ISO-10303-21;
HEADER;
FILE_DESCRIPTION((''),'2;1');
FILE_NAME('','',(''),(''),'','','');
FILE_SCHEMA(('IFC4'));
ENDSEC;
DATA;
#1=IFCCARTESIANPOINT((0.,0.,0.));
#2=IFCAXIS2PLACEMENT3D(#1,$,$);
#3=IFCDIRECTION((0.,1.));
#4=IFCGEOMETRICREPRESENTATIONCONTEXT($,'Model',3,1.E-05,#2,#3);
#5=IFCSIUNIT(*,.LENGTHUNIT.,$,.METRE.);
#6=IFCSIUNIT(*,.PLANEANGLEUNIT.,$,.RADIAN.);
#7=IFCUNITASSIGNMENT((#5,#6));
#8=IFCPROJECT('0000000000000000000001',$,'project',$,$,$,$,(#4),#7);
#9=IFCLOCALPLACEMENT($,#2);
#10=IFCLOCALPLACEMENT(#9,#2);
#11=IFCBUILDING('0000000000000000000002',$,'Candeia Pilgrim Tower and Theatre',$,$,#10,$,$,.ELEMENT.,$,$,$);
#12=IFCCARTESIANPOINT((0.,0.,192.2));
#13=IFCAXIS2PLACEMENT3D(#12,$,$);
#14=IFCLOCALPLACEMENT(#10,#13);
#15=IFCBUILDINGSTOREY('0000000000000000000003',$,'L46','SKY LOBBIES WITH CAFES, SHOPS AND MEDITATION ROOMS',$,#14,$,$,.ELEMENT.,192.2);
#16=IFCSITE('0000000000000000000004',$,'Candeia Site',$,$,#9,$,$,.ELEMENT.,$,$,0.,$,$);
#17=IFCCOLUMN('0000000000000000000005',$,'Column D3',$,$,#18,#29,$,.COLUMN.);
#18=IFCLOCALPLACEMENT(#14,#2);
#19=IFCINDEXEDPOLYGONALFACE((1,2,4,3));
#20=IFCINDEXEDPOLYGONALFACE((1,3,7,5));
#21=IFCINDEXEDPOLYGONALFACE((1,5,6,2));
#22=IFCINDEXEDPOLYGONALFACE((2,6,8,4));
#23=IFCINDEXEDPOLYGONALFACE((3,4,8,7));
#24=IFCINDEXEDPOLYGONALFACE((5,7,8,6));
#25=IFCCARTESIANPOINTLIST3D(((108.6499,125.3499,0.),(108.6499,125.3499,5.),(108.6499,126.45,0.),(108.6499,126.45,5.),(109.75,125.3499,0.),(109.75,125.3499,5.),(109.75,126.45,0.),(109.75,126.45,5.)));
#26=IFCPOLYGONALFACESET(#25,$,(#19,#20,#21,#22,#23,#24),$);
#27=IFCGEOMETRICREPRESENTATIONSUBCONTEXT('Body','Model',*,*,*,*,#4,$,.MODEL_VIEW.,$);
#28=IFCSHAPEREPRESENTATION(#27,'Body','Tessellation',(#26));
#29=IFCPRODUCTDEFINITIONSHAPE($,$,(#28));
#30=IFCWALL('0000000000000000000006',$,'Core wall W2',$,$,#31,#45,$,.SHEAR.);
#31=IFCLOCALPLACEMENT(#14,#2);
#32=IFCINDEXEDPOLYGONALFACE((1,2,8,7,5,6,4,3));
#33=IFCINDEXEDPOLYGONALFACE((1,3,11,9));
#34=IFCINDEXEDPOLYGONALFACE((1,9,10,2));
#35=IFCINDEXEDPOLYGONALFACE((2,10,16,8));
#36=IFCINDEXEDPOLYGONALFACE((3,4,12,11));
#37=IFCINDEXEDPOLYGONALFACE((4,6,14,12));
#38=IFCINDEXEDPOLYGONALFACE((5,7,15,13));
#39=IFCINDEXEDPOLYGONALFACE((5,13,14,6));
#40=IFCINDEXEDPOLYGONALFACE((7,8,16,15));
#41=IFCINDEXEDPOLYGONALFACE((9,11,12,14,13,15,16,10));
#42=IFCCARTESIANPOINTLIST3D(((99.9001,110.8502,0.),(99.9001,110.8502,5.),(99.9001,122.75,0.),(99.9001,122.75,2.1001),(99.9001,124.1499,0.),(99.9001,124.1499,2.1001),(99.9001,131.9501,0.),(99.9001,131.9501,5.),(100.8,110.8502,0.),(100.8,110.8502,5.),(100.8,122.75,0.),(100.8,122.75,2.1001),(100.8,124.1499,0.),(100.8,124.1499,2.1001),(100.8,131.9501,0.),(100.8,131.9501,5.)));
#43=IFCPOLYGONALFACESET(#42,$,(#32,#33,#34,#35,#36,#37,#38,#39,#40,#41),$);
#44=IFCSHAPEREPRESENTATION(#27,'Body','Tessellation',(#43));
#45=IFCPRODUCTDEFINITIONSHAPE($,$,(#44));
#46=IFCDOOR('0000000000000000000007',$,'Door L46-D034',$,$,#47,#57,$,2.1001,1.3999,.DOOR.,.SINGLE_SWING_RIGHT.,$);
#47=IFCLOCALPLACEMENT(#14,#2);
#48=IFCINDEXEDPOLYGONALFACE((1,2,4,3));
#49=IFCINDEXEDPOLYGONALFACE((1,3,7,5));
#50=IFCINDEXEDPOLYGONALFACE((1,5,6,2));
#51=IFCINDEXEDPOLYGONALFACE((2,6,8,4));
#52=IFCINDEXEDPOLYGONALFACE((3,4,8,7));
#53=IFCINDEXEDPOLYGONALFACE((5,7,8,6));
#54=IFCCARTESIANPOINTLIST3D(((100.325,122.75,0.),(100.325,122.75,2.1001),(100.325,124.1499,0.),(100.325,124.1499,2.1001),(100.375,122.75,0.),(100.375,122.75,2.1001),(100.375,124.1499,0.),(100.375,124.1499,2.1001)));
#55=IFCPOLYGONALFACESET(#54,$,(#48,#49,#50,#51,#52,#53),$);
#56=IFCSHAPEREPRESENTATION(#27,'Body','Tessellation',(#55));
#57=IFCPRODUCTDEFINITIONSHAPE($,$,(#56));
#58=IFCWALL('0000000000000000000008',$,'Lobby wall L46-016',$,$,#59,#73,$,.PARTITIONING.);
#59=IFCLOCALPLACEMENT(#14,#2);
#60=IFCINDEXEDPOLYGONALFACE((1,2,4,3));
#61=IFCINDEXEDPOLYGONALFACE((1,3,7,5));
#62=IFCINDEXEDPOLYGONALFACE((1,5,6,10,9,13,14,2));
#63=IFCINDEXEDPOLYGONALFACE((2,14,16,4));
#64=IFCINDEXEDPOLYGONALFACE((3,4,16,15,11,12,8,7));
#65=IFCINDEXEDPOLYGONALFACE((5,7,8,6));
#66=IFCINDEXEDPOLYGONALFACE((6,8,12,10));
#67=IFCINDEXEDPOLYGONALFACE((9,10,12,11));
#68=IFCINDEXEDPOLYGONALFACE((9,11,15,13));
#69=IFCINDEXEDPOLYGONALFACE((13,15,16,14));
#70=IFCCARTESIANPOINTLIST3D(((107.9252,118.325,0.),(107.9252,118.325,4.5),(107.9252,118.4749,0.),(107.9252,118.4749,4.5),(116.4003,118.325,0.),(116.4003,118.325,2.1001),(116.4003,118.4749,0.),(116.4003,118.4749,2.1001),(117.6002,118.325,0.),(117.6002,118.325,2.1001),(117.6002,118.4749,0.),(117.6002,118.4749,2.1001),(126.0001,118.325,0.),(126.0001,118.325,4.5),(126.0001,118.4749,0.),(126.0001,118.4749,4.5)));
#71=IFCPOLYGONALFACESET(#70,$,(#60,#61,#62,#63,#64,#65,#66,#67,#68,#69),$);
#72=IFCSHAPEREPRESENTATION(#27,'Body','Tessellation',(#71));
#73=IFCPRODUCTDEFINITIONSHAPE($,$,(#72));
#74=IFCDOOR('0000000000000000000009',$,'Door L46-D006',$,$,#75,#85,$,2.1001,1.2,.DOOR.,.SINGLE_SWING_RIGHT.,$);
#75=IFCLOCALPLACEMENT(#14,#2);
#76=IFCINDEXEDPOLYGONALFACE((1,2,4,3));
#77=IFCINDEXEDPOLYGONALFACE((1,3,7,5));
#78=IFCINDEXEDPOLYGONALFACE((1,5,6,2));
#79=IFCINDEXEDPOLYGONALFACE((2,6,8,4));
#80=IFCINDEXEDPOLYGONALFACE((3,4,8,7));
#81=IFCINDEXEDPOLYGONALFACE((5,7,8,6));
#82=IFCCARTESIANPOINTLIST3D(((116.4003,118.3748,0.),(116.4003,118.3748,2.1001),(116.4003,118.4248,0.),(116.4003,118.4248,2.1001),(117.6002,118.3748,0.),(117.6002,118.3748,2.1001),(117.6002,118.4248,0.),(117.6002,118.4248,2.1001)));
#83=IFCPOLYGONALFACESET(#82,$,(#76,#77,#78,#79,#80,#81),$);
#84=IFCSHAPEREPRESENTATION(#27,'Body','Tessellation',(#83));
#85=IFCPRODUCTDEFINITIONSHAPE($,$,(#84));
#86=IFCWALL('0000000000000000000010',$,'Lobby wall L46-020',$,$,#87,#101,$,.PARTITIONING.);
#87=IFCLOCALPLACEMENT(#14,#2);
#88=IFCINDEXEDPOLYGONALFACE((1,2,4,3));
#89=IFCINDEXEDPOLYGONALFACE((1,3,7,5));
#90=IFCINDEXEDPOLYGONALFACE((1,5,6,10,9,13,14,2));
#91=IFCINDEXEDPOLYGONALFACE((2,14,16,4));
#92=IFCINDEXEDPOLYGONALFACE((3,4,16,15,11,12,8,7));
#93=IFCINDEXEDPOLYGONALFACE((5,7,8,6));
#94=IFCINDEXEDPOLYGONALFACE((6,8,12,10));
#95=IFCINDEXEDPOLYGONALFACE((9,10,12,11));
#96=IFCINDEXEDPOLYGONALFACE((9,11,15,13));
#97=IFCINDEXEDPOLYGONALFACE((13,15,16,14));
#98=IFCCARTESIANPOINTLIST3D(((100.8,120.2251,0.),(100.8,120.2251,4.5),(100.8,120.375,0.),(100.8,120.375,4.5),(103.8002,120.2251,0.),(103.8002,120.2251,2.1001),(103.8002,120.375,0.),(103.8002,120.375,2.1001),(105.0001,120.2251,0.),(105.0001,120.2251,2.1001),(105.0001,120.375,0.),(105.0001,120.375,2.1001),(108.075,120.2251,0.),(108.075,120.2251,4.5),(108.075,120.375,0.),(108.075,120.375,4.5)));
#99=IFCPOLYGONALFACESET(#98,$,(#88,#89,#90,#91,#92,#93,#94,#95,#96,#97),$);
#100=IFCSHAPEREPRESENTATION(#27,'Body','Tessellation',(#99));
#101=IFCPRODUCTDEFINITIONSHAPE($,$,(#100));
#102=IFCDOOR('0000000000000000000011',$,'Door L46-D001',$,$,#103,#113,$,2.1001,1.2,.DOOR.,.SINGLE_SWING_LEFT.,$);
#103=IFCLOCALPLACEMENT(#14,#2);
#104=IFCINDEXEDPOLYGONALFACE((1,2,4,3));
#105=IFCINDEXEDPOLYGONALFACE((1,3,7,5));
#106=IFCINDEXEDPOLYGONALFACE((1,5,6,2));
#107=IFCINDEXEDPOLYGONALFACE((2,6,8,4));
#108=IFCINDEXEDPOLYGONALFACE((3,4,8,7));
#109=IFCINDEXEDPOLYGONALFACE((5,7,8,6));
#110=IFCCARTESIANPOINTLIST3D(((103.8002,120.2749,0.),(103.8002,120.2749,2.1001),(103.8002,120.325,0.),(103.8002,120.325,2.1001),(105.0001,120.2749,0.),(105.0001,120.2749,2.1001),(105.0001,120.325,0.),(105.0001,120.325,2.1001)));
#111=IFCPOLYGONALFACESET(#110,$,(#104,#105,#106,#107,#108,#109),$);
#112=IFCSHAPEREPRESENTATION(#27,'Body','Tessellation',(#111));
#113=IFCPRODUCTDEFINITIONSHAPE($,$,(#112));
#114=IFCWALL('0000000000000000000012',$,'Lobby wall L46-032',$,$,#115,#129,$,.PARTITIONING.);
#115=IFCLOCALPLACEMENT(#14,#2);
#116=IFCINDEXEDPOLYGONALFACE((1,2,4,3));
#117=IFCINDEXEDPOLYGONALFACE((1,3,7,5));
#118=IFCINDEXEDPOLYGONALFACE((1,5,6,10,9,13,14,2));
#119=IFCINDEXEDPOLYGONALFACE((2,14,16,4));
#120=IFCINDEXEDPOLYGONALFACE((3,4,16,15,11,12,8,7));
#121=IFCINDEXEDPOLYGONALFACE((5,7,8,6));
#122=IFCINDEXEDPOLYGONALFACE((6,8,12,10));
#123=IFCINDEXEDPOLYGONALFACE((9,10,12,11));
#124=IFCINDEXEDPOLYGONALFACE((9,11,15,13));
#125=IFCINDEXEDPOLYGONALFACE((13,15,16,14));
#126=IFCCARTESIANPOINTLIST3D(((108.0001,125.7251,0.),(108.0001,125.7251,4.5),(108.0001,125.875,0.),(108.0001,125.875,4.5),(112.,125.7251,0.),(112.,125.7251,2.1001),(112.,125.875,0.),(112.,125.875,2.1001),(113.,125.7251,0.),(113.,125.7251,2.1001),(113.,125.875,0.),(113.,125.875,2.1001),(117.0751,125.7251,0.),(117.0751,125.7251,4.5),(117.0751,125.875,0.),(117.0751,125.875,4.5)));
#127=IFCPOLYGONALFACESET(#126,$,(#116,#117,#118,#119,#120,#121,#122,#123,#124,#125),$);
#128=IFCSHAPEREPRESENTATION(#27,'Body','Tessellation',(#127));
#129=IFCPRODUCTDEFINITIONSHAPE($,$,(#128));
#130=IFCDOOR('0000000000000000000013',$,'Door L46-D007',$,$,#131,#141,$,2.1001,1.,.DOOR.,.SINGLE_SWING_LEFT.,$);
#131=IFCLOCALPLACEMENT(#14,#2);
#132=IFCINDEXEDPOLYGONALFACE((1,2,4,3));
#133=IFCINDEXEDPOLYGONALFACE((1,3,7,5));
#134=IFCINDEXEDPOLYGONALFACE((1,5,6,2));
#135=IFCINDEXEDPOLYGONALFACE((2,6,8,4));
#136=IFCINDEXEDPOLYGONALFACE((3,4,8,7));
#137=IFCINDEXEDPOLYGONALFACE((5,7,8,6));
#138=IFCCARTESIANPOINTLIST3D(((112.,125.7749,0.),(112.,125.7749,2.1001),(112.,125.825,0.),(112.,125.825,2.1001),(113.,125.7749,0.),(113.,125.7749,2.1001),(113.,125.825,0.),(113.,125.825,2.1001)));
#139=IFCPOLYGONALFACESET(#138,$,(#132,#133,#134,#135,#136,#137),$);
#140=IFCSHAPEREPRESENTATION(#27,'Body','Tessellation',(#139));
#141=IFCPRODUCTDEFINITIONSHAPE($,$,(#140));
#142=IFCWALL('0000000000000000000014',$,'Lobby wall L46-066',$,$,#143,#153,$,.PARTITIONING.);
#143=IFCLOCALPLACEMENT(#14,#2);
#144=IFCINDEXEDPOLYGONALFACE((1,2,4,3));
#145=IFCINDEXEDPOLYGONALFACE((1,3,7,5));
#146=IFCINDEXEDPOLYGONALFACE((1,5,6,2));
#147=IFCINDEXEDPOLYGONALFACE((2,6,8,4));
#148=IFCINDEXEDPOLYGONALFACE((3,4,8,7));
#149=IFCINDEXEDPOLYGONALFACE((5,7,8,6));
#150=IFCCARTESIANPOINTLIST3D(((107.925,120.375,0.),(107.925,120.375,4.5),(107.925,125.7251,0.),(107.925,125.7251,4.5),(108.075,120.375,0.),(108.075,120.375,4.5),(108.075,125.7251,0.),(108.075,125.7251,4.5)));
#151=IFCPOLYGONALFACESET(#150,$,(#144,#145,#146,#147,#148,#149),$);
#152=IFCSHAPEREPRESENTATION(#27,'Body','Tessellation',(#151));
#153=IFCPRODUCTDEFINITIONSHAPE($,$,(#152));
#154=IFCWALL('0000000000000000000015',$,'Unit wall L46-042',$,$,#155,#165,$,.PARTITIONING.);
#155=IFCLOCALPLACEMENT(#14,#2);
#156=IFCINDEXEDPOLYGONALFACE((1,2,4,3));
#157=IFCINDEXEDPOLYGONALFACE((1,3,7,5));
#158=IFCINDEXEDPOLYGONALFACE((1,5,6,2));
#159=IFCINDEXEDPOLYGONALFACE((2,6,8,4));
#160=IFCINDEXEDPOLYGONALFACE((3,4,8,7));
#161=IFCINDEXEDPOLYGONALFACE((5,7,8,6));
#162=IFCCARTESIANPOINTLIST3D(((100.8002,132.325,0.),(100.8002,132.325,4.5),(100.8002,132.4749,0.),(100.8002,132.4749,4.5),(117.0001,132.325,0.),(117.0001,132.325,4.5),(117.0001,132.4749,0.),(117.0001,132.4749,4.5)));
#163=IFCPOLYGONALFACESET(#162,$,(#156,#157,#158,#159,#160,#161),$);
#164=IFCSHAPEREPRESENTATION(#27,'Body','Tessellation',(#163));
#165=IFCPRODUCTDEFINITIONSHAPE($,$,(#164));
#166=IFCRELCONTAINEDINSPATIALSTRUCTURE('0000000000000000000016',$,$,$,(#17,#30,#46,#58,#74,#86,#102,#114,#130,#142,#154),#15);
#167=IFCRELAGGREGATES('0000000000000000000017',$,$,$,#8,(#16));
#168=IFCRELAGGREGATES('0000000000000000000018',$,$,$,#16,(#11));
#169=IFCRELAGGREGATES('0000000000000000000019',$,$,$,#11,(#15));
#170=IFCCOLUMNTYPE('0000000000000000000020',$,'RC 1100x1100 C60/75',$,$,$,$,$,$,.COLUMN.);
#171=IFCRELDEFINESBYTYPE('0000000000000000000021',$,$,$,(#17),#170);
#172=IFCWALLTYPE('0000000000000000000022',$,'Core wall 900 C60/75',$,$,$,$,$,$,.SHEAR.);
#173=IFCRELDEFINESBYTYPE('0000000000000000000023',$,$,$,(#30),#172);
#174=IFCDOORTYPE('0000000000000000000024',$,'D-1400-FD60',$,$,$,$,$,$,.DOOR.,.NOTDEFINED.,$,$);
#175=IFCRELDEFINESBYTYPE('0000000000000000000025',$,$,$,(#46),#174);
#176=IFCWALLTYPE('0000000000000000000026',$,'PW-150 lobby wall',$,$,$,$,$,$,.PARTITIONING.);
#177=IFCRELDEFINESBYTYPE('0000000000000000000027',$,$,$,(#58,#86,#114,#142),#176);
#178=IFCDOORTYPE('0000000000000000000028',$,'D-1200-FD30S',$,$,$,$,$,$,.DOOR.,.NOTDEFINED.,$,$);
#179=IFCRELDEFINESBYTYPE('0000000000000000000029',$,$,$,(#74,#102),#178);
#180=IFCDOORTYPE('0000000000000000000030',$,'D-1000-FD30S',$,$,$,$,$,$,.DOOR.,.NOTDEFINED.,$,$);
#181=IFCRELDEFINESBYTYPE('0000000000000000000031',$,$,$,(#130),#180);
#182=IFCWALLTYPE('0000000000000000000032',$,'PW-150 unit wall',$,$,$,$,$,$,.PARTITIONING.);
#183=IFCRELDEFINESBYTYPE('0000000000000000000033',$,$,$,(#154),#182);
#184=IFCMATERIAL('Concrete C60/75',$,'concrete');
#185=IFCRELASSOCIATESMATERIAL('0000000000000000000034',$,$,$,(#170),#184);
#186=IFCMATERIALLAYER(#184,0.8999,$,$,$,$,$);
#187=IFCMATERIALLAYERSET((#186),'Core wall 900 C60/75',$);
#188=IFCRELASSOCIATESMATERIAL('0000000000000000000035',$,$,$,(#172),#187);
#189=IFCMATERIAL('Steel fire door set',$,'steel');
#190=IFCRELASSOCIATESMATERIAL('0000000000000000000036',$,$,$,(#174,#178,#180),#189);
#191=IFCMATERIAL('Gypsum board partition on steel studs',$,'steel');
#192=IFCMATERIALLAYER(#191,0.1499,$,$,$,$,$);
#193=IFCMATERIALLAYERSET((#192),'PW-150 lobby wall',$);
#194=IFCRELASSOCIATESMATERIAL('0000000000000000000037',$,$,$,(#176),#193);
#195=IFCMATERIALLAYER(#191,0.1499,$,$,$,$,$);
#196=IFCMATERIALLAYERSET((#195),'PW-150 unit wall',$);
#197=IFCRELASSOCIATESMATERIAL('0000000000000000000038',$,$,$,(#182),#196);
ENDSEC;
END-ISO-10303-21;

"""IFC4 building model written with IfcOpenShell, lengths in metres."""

from ifc_helpers import new_model, si_unit, direction, frame, frame_2d, origin, origin_2d, place, context, subcontext, project, spatial, rectangle, extrude, material, layer, layer_set, material_profile, profile_set, type_object, element, fill, save


model = new_model("IFC4")

# Units and contexts
model_context = context("Model", 3, precision=1e-05, world=origin(), true_north=direction((0.0, 1.0)))
body_context = subcontext(model_context, "Body", "Model", "MODEL_VIEW")
ifc_project = project(units=[si_unit("LENGTHUNIT", "METRE"), si_unit("PLANEANGLEUNIT", "RADIAN")], contexts=[model_context])

# Site, building, storey
site_placement = place(None, origin())
site = spatial("IfcSite", under=ifc_project, at=site_placement, Name="Candeia Site", CompositionType="ELEMENT", RefElevation=0.0)
building_placement = place(site_placement, origin())
building = spatial("IfcBuilding", under=site, at=building_placement, Name="Candeia Pilgrim Tower and Theatre", CompositionType="ELEMENT")
storey_placement = place(building_placement, frame((0.0, 0.0, 192.2)))
storey = spatial("IfcBuildingStorey", under=building, at=storey_placement, Name="L46", Description="SKY LOBBIES WITH CAFES, SHOPS AND MEDITATION ROOMS", CompositionType="ELEMENT", Elevation=192.2)

# Column
ifc_material_1 = material(Name="Concrete C60/75", Category="concrete")
ifc_material_profile = material_profile(ifc_material_1, rectangle(XDim=1.1001, YDim=1.1001, at=origin_2d()))
ifc_profile_set = profile_set([ifc_material_profile], Name="Concrete C60/75")
column_type = type_object("IfcColumnType", Name="RC 1100x1100 C60/75", PredefinedType="COLUMN", material=ifc_profile_set)
column_placement = place(storey_placement, frame((109.2, 125.8999, 0.0), z_axis=(0.0, 0.0, 1.0), x_axis=(1.0, 0.0, 0.0)))
element("IfcColumn", 1, at=column_placement, inside=storey, type_object=column_type, Name="Column D3", PredefinedType="COLUMN", context=body_context, shape_type="SweptSolid", body=[
    extrude(rectangle(XDim=1.1001, YDim=1.1001, at=origin_2d()), origin(), (0.0, 0.0, 1.0), 5.0),
])

# Walls, openings, doors
ifc_layer_1 = layer(ifc_material_1, 0.8999)
ifc_layer_set_1 = layer_set([ifc_layer_1], Name="Core wall 900 C60/75")
wall_type_1 = type_object("IfcWallType", Name="Core wall 900 C60/75", PredefinedType="SHEAR", material=ifc_layer_set_1)
wall_1_placement = place(storey_placement, frame((100.3501, 131.95, 0.0), z_axis=(0.0, 0.0, 1.0), x_axis=(0.0, -1.0, 0.0)))
wall_1 = element("IfcWall", 2, at=wall_1_placement, inside=storey, type_object=wall_type_1, Name="Core wall W2", PredefinedType="SHEAR", context=body_context, shape_type="SweptSolid", body=[
    extrude(rectangle(XDim=21.0999, YDim=0.8999, at=frame_2d((10.5498, 0.0))), origin(), (0.0, 0.0, 1.0), 5.0),
])
opening_1_placement = place(wall_1_placement, frame((7.8, 0.0, 0.0)))
opening_1 = element("IfcOpeningElement", 3, at=opening_1_placement, cuts=wall_1, PredefinedType="OPENING", context=body_context, shape_type="SweptSolid", body=[
    extrude(rectangle(XDim=1.3999, YDim=2.1001, at=frame_2d((0.7, 1.05))), frame((0.0, 0.46, 0.0), z_axis=(0.0, -1.0, 0.0), x_axis=(1.0, 0.0, 0.0)), (0.0, 0.0, 1.0), 0.9199),
])
ifc_material_2 = material(Name="Steel fire door set", Category="steel")
door_type_1 = type_object("IfcDoorType", Name="D-1400-FD60", OperationType="NOTDEFINED", PredefinedType="DOOR", material=ifc_material_2)
door_1_placement = place(opening_1_placement, origin())
door_1 = element("IfcDoor", 4, at=door_1_placement, inside=storey, type_object=door_type_1, Name="Door L46-D034", OperationType="SINGLE_SWING_RIGHT", OverallHeight=2.1001, OverallWidth=1.3999, PredefinedType="DOOR", context=body_context, shape_type="SweptSolid", body=[
    extrude(rectangle(XDim=1.3999, YDim=2.1001, at=frame_2d((0.7, 1.05))), frame((0.0, 0.0249, 0.0), z_axis=(0.0, -1.0, 0.0), x_axis=(1.0, 0.0, 0.0)), (0.0, 0.0, 1.0), 0.05),
])
fill(opening_1, door_1)
ifc_material_3 = material(Name="Gypsum board partition on steel studs", Category="steel")
ifc_layer_2 = layer(ifc_material_3, 0.1499)
ifc_layer_set_2 = layer_set([ifc_layer_2], Name="PW-150 lobby wall")
wall_type_2 = type_object("IfcWallType", Name="PW-150 lobby wall", PredefinedType="PARTITIONING", material=ifc_layer_set_2)
wall_2_placement = place(storey_placement, frame((107.925, 118.3999, 0.0), z_axis=(0.0, 0.0, 1.0), x_axis=(1.0, 0.0, 0.0)))
wall_2 = element("IfcWall", 5, at=wall_2_placement, inside=storey, type_object=wall_type_2, Name="Lobby wall L46-016", PredefinedType="PARTITIONING", context=body_context, shape_type="SweptSolid", body=[
    extrude(rectangle(XDim=18.075, YDim=0.1499, at=frame_2d((9.0376, 0.0))), origin(), (0.0, 0.0, 1.0), 4.5),
])
opening_2_placement = place(wall_2_placement, frame((8.4751, 0.0, 0.0)))
opening_2 = element("IfcOpeningElement", 6, at=opening_2_placement, cuts=wall_2, PredefinedType="OPENING", context=body_context, shape_type="SweptSolid", body=[
    extrude(rectangle(XDim=1.2, YDim=2.1001, at=frame_2d((0.6001, 1.05))), frame((0.0, 0.085, 0.0), z_axis=(0.0, -1.0, 0.0), x_axis=(1.0, 0.0, 0.0)), (0.0, 0.0, 1.0), 0.1699),
])
door_type_2 = type_object("IfcDoorType", Name="D-1200-FD30S", OperationType="NOTDEFINED", PredefinedType="DOOR", material=ifc_material_2)
door_2_placement = place(opening_2_placement, origin())
door_2 = element("IfcDoor", 7, at=door_2_placement, inside=storey, type_object=door_type_2, Name="Door L46-D006", OperationType="SINGLE_SWING_RIGHT", OverallHeight=2.1001, OverallWidth=1.2, PredefinedType="DOOR", context=body_context, shape_type="SweptSolid", body=[
    extrude(rectangle(XDim=1.2, YDim=2.1001, at=frame_2d((0.6001, 1.05))), frame((0.0, 0.0249, 0.0), z_axis=(0.0, -1.0, 0.0), x_axis=(1.0, 0.0, 0.0)), (0.0, 0.0, 1.0), 0.05),
])
fill(opening_2, door_2)
wall_3_placement = place(storey_placement, frame((100.8, 120.3, 0.0), z_axis=(0.0, 0.0, 1.0), x_axis=(1.0, 0.0, 0.0)))
wall_3 = element("IfcWall", 8, at=wall_3_placement, inside=storey, type_object=wall_type_2, Name="Lobby wall L46-020", PredefinedType="PARTITIONING", context=body_context, shape_type="SweptSolid", body=[
    extrude(rectangle(XDim=7.2749, YDim=0.1499, at=frame_2d((3.6375, 0.0))), origin(), (0.0, 0.0, 1.0), 4.5),
])
opening_3_placement = place(wall_3_placement, frame((3.0, 0.0, 0.0)))
opening_3 = element("IfcOpeningElement", 9, at=opening_3_placement, cuts=wall_3, PredefinedType="OPENING", context=body_context, shape_type="SweptSolid", body=[
    extrude(rectangle(XDim=1.2, YDim=2.1001, at=frame_2d((0.6001, 1.05))), frame((0.0, 0.085, 0.0), z_axis=(0.0, -1.0, 0.0), x_axis=(1.0, 0.0, 0.0)), (0.0, 0.0, 1.0), 0.1699),
])
door_3_placement = place(opening_3_placement, origin())
door_3 = element("IfcDoor", 10, at=door_3_placement, inside=storey, type_object=door_type_2, Name="Door L46-D001", OperationType="SINGLE_SWING_LEFT", OverallHeight=2.1001, OverallWidth=1.2, PredefinedType="DOOR", context=body_context, shape_type="SweptSolid", body=[
    extrude(rectangle(XDim=1.2, YDim=2.1001, at=frame_2d((0.6001, 1.05))), frame((0.0, 0.0249, 0.0), z_axis=(0.0, -1.0, 0.0), x_axis=(1.0, 0.0, 0.0)), (0.0, 0.0, 1.0), 0.05),
])
fill(opening_3, door_3)
wall_4_placement = place(storey_placement, frame((108.0, 125.8, 0.0), z_axis=(0.0, 0.0, 1.0), x_axis=(1.0, 0.0, 0.0)))
wall_4 = element("IfcWall", 11, at=wall_4_placement, inside=storey, type_object=wall_type_2, Name="Lobby wall L46-032", PredefinedType="PARTITIONING", context=body_context, shape_type="SweptSolid", body=[
    extrude(rectangle(XDim=9.075, YDim=0.1499, at=frame_2d((4.5376, 0.0))), origin(), (0.0, 0.0, 1.0), 4.5),
])
opening_4_placement = place(wall_4_placement, frame((4.0, 0.0, 0.0)))
opening_4 = element("IfcOpeningElement", 12, at=opening_4_placement, cuts=wall_4, PredefinedType="OPENING", context=body_context, shape_type="SweptSolid", body=[
    extrude(rectangle(XDim=1.0, YDim=2.1001, at=frame_2d((0.5, 1.05))), frame((0.0, 0.085, 0.0), z_axis=(0.0, -1.0, 0.0), x_axis=(1.0, 0.0, 0.0)), (0.0, 0.0, 1.0), 0.1699),
])
door_type_3 = type_object("IfcDoorType", Name="D-1000-FD30S", OperationType="NOTDEFINED", PredefinedType="DOOR", material=ifc_material_2)
door_4_placement = place(opening_4_placement, origin())
door_4 = element("IfcDoor", 13, at=door_4_placement, inside=storey, type_object=door_type_3, Name="Door L46-D007", OperationType="SINGLE_SWING_LEFT", OverallHeight=2.1001, OverallWidth=1.0, PredefinedType="DOOR", context=body_context, shape_type="SweptSolid", body=[
    extrude(rectangle(XDim=1.0, YDim=2.1001, at=frame_2d((0.5, 1.05))), frame((0.0, 0.0249, 0.0), z_axis=(0.0, -1.0, 0.0), x_axis=(1.0, 0.0, 0.0)), (0.0, 0.0, 1.0), 0.05),
])
fill(opening_4, door_4)

# Walls
wall_5_placement = place(storey_placement, frame((108.0, 120.375, 0.0), z_axis=(0.0, 0.0, 1.0), x_axis=(0.0, 1.0, 0.0)))
element("IfcWall", 14, at=wall_5_placement, inside=storey, type_object=wall_type_2, Name="Lobby wall L46-066", PredefinedType="PARTITIONING", context=body_context, shape_type="SweptSolid", body=[
    extrude(rectangle(XDim=5.3501, YDim=0.1499, at=frame_2d((2.675, 0.0))), origin(), (0.0, 0.0, 1.0), 4.5),
])
ifc_layer_3 = layer(ifc_material_3, 0.1499)
ifc_layer_set_3 = layer_set([ifc_layer_3], Name="PW-150 unit wall")
wall_type_3 = type_object("IfcWallType", Name="PW-150 unit wall", PredefinedType="PARTITIONING", material=ifc_layer_set_3)
wall_6_placement = place(storey_placement, frame((100.8, 132.3999, 0.0), z_axis=(0.0, 0.0, 1.0), x_axis=(1.0, 0.0, 0.0)))
element("IfcWall", 15, at=wall_6_placement, inside=storey, type_object=wall_type_3, Name="Unit wall L46-042", PredefinedType="PARTITIONING", context=body_context, shape_type="SweptSolid", body=[
    extrude(rectangle(XDim=16.2, YDim=0.1499, at=frame_2d((8.1001, 0.0))), origin(), (0.0, 0.0, 1.0), 4.5),
])

save(model, "model.ifc")
